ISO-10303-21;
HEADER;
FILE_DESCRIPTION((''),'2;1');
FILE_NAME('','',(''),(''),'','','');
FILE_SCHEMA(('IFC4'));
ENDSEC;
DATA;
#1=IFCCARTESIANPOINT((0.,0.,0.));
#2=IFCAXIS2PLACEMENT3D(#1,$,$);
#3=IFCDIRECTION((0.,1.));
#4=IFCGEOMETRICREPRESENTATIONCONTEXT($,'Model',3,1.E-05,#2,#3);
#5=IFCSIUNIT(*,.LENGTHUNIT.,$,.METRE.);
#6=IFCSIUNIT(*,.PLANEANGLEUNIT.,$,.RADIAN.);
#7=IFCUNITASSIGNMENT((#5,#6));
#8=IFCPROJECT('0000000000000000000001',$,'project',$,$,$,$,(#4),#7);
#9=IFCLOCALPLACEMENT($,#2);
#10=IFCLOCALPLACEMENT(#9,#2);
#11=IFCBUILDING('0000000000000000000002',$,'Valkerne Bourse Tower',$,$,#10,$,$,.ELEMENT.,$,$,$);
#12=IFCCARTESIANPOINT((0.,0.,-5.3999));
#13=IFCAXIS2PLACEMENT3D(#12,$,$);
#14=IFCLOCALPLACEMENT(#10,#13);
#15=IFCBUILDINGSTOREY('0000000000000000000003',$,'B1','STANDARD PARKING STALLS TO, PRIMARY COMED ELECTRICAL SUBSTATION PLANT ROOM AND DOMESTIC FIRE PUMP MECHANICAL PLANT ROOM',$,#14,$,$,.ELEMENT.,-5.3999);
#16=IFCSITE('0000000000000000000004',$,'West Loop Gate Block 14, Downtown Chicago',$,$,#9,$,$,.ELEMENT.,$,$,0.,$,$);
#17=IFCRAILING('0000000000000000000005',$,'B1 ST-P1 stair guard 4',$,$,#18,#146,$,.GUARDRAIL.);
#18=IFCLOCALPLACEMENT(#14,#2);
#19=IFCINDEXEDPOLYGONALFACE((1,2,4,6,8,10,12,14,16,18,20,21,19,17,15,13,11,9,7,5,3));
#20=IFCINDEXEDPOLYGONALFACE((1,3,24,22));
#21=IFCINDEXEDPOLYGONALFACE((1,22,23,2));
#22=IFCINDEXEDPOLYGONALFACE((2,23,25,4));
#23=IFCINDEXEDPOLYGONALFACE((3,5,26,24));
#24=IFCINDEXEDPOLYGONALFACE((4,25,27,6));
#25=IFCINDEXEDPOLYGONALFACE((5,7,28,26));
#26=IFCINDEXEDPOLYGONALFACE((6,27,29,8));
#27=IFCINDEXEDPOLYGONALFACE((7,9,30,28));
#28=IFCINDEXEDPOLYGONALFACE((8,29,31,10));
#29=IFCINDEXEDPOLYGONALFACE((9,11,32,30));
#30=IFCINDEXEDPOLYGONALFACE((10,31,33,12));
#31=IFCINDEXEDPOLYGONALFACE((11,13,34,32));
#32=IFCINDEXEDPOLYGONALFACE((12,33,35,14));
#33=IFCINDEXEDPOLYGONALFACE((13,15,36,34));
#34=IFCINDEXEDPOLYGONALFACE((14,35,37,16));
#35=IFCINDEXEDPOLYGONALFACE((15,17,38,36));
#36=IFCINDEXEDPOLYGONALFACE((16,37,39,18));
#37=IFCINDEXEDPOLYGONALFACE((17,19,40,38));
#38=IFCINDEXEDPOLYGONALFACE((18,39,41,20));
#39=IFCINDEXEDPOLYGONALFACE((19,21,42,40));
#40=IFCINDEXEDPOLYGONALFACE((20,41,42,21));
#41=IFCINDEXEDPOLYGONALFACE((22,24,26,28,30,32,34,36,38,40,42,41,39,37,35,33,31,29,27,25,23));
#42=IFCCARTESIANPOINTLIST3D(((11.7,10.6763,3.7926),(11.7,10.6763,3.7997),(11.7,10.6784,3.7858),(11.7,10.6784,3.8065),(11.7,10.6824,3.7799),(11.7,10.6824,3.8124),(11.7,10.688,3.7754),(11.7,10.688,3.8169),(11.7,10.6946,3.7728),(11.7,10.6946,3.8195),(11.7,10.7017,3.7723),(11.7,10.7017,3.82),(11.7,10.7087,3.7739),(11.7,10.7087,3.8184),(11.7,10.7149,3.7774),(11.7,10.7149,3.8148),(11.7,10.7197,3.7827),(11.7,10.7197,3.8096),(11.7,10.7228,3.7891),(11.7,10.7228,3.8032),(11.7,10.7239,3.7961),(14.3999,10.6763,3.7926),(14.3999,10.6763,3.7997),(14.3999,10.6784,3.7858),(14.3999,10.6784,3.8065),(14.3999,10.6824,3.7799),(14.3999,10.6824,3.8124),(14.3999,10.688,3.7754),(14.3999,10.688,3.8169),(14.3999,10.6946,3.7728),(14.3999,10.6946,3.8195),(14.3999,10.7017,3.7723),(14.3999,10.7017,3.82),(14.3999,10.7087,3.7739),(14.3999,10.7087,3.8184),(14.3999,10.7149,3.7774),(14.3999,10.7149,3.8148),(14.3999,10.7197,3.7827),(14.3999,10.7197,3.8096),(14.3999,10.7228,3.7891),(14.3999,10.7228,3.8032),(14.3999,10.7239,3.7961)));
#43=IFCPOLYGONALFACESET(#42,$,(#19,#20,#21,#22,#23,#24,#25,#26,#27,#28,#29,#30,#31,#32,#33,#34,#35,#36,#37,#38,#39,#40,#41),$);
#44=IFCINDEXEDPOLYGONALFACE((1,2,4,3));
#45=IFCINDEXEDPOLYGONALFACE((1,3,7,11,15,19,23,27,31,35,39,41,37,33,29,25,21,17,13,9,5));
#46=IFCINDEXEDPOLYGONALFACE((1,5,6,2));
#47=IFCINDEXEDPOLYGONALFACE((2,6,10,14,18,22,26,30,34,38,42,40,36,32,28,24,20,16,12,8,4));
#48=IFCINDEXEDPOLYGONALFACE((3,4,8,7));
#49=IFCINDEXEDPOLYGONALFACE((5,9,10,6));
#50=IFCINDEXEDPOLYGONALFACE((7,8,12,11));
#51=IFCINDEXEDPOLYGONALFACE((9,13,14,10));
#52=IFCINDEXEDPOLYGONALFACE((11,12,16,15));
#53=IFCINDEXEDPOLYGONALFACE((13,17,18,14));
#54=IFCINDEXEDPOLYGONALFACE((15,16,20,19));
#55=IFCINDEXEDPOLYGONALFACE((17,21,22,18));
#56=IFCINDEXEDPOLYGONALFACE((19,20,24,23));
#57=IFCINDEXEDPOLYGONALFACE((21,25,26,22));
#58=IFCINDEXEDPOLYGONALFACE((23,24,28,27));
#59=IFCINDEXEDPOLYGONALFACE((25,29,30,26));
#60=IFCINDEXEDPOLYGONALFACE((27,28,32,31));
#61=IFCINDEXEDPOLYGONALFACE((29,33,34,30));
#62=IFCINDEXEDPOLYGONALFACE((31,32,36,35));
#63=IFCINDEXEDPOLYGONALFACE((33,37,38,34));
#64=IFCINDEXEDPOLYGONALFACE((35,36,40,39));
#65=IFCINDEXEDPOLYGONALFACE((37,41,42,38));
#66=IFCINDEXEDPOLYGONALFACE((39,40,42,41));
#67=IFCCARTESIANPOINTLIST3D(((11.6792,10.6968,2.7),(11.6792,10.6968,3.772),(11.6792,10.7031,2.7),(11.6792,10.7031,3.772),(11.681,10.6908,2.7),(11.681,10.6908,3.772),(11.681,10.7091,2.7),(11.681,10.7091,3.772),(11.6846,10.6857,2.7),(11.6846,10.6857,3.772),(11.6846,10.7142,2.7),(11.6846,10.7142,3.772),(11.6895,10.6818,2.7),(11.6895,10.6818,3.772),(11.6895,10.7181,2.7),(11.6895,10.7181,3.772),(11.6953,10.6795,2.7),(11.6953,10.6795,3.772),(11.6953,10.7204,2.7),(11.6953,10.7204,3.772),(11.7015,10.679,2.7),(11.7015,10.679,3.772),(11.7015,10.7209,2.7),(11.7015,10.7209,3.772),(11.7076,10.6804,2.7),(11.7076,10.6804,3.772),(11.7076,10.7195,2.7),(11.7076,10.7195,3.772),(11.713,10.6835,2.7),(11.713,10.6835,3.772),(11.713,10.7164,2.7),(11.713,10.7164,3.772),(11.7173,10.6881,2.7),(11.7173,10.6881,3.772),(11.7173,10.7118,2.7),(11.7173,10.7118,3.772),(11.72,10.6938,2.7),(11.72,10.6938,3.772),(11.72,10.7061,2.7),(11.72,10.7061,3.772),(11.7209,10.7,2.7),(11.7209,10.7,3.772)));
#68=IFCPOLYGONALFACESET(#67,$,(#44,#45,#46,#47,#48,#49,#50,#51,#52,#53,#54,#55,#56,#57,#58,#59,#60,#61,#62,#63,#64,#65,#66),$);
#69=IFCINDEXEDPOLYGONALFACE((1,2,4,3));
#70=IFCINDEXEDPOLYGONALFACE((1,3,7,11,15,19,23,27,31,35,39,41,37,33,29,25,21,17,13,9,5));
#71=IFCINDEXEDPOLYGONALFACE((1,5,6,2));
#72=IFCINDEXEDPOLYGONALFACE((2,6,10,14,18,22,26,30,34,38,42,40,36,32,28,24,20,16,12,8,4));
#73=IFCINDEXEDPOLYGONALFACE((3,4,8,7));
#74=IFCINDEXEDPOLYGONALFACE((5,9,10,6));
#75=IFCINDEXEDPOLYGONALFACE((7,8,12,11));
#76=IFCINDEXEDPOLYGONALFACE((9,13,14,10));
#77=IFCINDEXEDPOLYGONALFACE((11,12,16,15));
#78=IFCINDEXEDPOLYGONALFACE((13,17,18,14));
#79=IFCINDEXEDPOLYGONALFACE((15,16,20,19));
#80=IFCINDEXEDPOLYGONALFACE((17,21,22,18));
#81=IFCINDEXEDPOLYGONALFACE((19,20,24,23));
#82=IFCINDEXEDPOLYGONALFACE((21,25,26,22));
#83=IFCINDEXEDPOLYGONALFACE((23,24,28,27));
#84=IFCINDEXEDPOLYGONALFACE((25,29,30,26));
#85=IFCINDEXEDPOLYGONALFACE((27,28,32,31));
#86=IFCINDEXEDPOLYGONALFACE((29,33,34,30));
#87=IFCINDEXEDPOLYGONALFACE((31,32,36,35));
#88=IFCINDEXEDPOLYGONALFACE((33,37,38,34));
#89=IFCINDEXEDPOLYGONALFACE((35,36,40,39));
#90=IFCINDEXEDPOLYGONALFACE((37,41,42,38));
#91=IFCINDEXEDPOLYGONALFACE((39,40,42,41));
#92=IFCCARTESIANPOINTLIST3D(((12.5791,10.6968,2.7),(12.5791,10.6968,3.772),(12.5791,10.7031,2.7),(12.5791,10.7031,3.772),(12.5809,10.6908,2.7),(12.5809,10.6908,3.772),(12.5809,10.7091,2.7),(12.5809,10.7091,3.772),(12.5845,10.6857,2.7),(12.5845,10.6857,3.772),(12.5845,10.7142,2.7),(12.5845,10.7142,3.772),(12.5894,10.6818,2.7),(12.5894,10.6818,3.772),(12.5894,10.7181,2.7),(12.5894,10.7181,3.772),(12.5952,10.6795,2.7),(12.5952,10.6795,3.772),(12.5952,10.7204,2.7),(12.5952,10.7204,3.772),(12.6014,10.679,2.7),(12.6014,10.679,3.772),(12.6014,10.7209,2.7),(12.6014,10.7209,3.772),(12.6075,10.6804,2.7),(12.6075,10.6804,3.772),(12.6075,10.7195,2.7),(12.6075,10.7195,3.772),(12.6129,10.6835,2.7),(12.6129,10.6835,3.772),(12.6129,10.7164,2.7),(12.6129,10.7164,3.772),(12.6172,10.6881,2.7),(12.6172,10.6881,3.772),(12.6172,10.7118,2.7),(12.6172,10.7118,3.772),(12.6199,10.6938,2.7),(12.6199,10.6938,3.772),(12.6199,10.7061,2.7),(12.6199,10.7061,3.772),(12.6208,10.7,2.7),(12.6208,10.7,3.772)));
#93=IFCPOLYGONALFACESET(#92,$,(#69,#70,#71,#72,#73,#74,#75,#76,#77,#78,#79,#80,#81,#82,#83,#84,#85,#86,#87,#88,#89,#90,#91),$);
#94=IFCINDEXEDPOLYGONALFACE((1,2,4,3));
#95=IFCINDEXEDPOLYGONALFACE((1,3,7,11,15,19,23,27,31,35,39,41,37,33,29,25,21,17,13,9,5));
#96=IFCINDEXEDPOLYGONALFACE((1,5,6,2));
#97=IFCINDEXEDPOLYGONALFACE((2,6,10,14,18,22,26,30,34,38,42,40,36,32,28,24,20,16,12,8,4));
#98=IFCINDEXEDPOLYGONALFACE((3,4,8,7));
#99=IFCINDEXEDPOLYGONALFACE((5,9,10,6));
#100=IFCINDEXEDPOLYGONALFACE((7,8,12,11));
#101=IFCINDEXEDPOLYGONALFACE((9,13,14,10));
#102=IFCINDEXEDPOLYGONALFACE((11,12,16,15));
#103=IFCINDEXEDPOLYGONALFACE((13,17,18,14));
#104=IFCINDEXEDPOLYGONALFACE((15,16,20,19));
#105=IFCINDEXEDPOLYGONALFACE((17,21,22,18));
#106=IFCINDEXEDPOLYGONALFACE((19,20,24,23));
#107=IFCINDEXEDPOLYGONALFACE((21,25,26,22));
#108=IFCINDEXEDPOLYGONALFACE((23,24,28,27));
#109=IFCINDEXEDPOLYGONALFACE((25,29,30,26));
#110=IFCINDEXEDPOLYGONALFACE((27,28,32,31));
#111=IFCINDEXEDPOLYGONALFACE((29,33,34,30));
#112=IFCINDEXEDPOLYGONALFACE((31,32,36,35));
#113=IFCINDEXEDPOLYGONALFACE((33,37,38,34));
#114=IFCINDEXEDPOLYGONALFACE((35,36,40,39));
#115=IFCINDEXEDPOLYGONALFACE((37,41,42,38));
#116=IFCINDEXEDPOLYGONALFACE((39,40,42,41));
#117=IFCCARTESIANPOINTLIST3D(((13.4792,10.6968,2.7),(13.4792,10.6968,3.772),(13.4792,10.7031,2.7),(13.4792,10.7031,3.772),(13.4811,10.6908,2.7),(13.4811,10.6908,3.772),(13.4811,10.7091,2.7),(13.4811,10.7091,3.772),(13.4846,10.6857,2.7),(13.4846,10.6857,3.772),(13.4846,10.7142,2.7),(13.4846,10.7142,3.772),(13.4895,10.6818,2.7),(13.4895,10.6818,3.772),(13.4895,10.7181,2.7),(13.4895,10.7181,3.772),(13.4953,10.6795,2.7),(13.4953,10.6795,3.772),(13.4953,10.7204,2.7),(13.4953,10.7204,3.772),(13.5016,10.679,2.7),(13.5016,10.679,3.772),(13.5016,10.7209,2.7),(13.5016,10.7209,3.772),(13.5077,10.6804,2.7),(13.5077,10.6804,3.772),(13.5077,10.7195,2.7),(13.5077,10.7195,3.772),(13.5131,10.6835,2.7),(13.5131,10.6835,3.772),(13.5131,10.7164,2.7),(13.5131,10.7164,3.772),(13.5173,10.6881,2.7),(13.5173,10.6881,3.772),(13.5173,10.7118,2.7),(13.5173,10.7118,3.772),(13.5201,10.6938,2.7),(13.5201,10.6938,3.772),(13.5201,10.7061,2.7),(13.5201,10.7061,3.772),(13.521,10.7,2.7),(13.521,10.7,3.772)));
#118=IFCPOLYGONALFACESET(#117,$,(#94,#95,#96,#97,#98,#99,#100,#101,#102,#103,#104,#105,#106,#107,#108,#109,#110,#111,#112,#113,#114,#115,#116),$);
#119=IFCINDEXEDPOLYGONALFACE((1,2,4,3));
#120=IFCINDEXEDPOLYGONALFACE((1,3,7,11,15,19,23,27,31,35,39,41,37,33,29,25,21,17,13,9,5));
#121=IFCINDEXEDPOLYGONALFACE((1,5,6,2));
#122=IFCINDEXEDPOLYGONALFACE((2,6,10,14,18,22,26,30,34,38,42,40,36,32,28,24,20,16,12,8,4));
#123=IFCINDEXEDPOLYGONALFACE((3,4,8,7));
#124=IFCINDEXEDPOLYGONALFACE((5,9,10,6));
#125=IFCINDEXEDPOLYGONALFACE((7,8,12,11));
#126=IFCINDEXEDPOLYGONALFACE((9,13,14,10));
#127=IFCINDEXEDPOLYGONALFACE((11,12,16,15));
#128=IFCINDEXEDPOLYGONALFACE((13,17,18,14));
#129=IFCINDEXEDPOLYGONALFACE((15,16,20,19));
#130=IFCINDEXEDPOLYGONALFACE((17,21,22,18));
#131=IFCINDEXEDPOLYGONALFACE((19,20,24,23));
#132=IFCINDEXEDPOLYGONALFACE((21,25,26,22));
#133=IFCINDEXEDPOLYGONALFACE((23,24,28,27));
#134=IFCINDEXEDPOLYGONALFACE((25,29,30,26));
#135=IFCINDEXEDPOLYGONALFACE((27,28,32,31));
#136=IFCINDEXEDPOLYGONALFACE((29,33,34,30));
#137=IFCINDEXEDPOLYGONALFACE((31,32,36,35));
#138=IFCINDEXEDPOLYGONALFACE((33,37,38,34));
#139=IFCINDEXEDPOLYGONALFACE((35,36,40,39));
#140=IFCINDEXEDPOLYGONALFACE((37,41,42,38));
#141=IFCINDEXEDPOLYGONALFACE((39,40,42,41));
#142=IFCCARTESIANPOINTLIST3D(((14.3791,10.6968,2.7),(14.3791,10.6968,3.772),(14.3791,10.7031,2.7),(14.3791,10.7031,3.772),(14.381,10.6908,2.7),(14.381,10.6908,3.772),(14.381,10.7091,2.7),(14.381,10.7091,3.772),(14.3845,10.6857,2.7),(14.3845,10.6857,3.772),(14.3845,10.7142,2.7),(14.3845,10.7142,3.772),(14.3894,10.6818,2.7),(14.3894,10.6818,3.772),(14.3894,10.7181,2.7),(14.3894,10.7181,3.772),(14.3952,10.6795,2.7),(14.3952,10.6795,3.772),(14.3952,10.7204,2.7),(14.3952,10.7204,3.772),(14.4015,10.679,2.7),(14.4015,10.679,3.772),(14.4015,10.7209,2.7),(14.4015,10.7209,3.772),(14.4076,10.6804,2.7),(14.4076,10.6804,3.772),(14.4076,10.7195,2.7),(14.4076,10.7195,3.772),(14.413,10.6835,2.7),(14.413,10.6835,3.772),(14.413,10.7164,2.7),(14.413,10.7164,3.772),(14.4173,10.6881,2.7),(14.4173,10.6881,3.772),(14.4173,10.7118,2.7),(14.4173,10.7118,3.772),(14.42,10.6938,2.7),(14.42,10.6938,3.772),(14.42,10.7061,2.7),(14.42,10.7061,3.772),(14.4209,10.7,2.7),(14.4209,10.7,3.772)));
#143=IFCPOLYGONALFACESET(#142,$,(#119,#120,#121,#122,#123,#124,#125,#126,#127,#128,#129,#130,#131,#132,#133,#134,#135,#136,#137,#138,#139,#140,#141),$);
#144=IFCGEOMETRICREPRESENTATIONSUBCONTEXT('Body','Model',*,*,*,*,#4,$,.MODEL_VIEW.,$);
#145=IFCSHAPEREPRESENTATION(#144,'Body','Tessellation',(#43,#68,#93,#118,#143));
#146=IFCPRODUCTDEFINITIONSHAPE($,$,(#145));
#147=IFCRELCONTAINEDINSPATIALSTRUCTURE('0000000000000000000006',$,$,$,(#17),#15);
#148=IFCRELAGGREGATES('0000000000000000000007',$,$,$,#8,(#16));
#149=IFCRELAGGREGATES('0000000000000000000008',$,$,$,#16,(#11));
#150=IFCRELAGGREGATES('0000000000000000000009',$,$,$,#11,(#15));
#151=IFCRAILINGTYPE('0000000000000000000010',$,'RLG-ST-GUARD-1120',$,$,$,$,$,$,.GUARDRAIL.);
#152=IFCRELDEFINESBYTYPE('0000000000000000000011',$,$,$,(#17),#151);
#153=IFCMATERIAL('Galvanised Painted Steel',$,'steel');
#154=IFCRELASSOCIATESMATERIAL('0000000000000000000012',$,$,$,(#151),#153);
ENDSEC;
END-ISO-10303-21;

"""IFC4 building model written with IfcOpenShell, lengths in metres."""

from ifc_helpers import new_model, si_unit, direction, frame, origin, origin_2d, place, context, subcontext, project, spatial, circle, extrude, material, type_object, element, save


model = new_model("IFC4")

# Units and contexts
model_context = context("Model", 3, precision=1e-05, world=origin(), true_north=direction((0.0, 1.0)))
body_context = subcontext(model_context, "Body", "Model", "MODEL_VIEW")
ifc_project = project(units=[si_unit("LENGTHUNIT", "METRE"), si_unit("PLANEANGLEUNIT", "RADIAN")], contexts=[model_context])

# Site, building, storey
site_placement = place(None, origin())
site = spatial("IfcSite", under=ifc_project, at=site_placement, Name="West Loop Gate Block 14, Downtown Chicago", CompositionType="ELEMENT", RefElevation=0.0)
building_placement = place(site_placement, origin())
building = spatial("IfcBuilding", under=site, at=building_placement, Name="Valkerne Bourse Tower", CompositionType="ELEMENT")
storey_placement = place(building_placement, frame((0.0, 0.0, -5.3999)))
storey = spatial("IfcBuildingStorey", under=building, at=storey_placement, Name="B1", Description="STANDARD PARKING STALLS TO, PRIMARY COMED ELECTRICAL SUBSTATION PLANT ROOM AND DOMESTIC FIRE PUMP MECHANICAL PLANT ROOM", CompositionType="ELEMENT", Elevation=-5.3999)

# Shared definitions
ifc_material_1 = material(Name="Galvanised Painted Steel", Category="steel")

# Railing
railing_type_1 = type_object("IfcRailingType", Name="RLG-ST-GUARD-1120", PredefinedType="GUARDRAIL", material=ifc_material_1)
for number, where, name in (
    (1, (11.7, 10.7, 2.7), "B1 ST-P1 stair guard 4"),
):
    element("IfcRailing", number, at=place(storey_placement, frame(where)), inside=storey, type_object=railing_type_1, Name=name, PredefinedType="GUARDRAIL", context=body_context, shape_type="SweptSolid", body=[
        extrude(circle(Radius=0.0239, at=origin_2d()), frame((0.0, 0.0, 1.0962), z_axis=(1.0, 0.0, 0.0), x_axis=(0.0, 1.0, 0.0)), (0.0, 0.0, 1.0), 2.7),
        extrude(circle(Radius=0.021, at=origin_2d()), origin(), (0.0, 0.0, 1.0), 1.072),
        extrude(circle(Radius=0.021, at=origin_2d()), frame((0.8999, 0.0, 0.0)), (0.0, 0.0, 1.0), 1.072),
        extrude(circle(Radius=0.021, at=origin_2d()), frame((1.8, 0.0, 0.0)), (0.0, 0.0, 1.0), 1.072),
        extrude(circle(Radius=0.021, at=origin_2d()), frame((2.7, 0.0, 0.0)), (0.0, 0.0, 1.0), 1.072),
    ])

save(model, "model.ifc")
